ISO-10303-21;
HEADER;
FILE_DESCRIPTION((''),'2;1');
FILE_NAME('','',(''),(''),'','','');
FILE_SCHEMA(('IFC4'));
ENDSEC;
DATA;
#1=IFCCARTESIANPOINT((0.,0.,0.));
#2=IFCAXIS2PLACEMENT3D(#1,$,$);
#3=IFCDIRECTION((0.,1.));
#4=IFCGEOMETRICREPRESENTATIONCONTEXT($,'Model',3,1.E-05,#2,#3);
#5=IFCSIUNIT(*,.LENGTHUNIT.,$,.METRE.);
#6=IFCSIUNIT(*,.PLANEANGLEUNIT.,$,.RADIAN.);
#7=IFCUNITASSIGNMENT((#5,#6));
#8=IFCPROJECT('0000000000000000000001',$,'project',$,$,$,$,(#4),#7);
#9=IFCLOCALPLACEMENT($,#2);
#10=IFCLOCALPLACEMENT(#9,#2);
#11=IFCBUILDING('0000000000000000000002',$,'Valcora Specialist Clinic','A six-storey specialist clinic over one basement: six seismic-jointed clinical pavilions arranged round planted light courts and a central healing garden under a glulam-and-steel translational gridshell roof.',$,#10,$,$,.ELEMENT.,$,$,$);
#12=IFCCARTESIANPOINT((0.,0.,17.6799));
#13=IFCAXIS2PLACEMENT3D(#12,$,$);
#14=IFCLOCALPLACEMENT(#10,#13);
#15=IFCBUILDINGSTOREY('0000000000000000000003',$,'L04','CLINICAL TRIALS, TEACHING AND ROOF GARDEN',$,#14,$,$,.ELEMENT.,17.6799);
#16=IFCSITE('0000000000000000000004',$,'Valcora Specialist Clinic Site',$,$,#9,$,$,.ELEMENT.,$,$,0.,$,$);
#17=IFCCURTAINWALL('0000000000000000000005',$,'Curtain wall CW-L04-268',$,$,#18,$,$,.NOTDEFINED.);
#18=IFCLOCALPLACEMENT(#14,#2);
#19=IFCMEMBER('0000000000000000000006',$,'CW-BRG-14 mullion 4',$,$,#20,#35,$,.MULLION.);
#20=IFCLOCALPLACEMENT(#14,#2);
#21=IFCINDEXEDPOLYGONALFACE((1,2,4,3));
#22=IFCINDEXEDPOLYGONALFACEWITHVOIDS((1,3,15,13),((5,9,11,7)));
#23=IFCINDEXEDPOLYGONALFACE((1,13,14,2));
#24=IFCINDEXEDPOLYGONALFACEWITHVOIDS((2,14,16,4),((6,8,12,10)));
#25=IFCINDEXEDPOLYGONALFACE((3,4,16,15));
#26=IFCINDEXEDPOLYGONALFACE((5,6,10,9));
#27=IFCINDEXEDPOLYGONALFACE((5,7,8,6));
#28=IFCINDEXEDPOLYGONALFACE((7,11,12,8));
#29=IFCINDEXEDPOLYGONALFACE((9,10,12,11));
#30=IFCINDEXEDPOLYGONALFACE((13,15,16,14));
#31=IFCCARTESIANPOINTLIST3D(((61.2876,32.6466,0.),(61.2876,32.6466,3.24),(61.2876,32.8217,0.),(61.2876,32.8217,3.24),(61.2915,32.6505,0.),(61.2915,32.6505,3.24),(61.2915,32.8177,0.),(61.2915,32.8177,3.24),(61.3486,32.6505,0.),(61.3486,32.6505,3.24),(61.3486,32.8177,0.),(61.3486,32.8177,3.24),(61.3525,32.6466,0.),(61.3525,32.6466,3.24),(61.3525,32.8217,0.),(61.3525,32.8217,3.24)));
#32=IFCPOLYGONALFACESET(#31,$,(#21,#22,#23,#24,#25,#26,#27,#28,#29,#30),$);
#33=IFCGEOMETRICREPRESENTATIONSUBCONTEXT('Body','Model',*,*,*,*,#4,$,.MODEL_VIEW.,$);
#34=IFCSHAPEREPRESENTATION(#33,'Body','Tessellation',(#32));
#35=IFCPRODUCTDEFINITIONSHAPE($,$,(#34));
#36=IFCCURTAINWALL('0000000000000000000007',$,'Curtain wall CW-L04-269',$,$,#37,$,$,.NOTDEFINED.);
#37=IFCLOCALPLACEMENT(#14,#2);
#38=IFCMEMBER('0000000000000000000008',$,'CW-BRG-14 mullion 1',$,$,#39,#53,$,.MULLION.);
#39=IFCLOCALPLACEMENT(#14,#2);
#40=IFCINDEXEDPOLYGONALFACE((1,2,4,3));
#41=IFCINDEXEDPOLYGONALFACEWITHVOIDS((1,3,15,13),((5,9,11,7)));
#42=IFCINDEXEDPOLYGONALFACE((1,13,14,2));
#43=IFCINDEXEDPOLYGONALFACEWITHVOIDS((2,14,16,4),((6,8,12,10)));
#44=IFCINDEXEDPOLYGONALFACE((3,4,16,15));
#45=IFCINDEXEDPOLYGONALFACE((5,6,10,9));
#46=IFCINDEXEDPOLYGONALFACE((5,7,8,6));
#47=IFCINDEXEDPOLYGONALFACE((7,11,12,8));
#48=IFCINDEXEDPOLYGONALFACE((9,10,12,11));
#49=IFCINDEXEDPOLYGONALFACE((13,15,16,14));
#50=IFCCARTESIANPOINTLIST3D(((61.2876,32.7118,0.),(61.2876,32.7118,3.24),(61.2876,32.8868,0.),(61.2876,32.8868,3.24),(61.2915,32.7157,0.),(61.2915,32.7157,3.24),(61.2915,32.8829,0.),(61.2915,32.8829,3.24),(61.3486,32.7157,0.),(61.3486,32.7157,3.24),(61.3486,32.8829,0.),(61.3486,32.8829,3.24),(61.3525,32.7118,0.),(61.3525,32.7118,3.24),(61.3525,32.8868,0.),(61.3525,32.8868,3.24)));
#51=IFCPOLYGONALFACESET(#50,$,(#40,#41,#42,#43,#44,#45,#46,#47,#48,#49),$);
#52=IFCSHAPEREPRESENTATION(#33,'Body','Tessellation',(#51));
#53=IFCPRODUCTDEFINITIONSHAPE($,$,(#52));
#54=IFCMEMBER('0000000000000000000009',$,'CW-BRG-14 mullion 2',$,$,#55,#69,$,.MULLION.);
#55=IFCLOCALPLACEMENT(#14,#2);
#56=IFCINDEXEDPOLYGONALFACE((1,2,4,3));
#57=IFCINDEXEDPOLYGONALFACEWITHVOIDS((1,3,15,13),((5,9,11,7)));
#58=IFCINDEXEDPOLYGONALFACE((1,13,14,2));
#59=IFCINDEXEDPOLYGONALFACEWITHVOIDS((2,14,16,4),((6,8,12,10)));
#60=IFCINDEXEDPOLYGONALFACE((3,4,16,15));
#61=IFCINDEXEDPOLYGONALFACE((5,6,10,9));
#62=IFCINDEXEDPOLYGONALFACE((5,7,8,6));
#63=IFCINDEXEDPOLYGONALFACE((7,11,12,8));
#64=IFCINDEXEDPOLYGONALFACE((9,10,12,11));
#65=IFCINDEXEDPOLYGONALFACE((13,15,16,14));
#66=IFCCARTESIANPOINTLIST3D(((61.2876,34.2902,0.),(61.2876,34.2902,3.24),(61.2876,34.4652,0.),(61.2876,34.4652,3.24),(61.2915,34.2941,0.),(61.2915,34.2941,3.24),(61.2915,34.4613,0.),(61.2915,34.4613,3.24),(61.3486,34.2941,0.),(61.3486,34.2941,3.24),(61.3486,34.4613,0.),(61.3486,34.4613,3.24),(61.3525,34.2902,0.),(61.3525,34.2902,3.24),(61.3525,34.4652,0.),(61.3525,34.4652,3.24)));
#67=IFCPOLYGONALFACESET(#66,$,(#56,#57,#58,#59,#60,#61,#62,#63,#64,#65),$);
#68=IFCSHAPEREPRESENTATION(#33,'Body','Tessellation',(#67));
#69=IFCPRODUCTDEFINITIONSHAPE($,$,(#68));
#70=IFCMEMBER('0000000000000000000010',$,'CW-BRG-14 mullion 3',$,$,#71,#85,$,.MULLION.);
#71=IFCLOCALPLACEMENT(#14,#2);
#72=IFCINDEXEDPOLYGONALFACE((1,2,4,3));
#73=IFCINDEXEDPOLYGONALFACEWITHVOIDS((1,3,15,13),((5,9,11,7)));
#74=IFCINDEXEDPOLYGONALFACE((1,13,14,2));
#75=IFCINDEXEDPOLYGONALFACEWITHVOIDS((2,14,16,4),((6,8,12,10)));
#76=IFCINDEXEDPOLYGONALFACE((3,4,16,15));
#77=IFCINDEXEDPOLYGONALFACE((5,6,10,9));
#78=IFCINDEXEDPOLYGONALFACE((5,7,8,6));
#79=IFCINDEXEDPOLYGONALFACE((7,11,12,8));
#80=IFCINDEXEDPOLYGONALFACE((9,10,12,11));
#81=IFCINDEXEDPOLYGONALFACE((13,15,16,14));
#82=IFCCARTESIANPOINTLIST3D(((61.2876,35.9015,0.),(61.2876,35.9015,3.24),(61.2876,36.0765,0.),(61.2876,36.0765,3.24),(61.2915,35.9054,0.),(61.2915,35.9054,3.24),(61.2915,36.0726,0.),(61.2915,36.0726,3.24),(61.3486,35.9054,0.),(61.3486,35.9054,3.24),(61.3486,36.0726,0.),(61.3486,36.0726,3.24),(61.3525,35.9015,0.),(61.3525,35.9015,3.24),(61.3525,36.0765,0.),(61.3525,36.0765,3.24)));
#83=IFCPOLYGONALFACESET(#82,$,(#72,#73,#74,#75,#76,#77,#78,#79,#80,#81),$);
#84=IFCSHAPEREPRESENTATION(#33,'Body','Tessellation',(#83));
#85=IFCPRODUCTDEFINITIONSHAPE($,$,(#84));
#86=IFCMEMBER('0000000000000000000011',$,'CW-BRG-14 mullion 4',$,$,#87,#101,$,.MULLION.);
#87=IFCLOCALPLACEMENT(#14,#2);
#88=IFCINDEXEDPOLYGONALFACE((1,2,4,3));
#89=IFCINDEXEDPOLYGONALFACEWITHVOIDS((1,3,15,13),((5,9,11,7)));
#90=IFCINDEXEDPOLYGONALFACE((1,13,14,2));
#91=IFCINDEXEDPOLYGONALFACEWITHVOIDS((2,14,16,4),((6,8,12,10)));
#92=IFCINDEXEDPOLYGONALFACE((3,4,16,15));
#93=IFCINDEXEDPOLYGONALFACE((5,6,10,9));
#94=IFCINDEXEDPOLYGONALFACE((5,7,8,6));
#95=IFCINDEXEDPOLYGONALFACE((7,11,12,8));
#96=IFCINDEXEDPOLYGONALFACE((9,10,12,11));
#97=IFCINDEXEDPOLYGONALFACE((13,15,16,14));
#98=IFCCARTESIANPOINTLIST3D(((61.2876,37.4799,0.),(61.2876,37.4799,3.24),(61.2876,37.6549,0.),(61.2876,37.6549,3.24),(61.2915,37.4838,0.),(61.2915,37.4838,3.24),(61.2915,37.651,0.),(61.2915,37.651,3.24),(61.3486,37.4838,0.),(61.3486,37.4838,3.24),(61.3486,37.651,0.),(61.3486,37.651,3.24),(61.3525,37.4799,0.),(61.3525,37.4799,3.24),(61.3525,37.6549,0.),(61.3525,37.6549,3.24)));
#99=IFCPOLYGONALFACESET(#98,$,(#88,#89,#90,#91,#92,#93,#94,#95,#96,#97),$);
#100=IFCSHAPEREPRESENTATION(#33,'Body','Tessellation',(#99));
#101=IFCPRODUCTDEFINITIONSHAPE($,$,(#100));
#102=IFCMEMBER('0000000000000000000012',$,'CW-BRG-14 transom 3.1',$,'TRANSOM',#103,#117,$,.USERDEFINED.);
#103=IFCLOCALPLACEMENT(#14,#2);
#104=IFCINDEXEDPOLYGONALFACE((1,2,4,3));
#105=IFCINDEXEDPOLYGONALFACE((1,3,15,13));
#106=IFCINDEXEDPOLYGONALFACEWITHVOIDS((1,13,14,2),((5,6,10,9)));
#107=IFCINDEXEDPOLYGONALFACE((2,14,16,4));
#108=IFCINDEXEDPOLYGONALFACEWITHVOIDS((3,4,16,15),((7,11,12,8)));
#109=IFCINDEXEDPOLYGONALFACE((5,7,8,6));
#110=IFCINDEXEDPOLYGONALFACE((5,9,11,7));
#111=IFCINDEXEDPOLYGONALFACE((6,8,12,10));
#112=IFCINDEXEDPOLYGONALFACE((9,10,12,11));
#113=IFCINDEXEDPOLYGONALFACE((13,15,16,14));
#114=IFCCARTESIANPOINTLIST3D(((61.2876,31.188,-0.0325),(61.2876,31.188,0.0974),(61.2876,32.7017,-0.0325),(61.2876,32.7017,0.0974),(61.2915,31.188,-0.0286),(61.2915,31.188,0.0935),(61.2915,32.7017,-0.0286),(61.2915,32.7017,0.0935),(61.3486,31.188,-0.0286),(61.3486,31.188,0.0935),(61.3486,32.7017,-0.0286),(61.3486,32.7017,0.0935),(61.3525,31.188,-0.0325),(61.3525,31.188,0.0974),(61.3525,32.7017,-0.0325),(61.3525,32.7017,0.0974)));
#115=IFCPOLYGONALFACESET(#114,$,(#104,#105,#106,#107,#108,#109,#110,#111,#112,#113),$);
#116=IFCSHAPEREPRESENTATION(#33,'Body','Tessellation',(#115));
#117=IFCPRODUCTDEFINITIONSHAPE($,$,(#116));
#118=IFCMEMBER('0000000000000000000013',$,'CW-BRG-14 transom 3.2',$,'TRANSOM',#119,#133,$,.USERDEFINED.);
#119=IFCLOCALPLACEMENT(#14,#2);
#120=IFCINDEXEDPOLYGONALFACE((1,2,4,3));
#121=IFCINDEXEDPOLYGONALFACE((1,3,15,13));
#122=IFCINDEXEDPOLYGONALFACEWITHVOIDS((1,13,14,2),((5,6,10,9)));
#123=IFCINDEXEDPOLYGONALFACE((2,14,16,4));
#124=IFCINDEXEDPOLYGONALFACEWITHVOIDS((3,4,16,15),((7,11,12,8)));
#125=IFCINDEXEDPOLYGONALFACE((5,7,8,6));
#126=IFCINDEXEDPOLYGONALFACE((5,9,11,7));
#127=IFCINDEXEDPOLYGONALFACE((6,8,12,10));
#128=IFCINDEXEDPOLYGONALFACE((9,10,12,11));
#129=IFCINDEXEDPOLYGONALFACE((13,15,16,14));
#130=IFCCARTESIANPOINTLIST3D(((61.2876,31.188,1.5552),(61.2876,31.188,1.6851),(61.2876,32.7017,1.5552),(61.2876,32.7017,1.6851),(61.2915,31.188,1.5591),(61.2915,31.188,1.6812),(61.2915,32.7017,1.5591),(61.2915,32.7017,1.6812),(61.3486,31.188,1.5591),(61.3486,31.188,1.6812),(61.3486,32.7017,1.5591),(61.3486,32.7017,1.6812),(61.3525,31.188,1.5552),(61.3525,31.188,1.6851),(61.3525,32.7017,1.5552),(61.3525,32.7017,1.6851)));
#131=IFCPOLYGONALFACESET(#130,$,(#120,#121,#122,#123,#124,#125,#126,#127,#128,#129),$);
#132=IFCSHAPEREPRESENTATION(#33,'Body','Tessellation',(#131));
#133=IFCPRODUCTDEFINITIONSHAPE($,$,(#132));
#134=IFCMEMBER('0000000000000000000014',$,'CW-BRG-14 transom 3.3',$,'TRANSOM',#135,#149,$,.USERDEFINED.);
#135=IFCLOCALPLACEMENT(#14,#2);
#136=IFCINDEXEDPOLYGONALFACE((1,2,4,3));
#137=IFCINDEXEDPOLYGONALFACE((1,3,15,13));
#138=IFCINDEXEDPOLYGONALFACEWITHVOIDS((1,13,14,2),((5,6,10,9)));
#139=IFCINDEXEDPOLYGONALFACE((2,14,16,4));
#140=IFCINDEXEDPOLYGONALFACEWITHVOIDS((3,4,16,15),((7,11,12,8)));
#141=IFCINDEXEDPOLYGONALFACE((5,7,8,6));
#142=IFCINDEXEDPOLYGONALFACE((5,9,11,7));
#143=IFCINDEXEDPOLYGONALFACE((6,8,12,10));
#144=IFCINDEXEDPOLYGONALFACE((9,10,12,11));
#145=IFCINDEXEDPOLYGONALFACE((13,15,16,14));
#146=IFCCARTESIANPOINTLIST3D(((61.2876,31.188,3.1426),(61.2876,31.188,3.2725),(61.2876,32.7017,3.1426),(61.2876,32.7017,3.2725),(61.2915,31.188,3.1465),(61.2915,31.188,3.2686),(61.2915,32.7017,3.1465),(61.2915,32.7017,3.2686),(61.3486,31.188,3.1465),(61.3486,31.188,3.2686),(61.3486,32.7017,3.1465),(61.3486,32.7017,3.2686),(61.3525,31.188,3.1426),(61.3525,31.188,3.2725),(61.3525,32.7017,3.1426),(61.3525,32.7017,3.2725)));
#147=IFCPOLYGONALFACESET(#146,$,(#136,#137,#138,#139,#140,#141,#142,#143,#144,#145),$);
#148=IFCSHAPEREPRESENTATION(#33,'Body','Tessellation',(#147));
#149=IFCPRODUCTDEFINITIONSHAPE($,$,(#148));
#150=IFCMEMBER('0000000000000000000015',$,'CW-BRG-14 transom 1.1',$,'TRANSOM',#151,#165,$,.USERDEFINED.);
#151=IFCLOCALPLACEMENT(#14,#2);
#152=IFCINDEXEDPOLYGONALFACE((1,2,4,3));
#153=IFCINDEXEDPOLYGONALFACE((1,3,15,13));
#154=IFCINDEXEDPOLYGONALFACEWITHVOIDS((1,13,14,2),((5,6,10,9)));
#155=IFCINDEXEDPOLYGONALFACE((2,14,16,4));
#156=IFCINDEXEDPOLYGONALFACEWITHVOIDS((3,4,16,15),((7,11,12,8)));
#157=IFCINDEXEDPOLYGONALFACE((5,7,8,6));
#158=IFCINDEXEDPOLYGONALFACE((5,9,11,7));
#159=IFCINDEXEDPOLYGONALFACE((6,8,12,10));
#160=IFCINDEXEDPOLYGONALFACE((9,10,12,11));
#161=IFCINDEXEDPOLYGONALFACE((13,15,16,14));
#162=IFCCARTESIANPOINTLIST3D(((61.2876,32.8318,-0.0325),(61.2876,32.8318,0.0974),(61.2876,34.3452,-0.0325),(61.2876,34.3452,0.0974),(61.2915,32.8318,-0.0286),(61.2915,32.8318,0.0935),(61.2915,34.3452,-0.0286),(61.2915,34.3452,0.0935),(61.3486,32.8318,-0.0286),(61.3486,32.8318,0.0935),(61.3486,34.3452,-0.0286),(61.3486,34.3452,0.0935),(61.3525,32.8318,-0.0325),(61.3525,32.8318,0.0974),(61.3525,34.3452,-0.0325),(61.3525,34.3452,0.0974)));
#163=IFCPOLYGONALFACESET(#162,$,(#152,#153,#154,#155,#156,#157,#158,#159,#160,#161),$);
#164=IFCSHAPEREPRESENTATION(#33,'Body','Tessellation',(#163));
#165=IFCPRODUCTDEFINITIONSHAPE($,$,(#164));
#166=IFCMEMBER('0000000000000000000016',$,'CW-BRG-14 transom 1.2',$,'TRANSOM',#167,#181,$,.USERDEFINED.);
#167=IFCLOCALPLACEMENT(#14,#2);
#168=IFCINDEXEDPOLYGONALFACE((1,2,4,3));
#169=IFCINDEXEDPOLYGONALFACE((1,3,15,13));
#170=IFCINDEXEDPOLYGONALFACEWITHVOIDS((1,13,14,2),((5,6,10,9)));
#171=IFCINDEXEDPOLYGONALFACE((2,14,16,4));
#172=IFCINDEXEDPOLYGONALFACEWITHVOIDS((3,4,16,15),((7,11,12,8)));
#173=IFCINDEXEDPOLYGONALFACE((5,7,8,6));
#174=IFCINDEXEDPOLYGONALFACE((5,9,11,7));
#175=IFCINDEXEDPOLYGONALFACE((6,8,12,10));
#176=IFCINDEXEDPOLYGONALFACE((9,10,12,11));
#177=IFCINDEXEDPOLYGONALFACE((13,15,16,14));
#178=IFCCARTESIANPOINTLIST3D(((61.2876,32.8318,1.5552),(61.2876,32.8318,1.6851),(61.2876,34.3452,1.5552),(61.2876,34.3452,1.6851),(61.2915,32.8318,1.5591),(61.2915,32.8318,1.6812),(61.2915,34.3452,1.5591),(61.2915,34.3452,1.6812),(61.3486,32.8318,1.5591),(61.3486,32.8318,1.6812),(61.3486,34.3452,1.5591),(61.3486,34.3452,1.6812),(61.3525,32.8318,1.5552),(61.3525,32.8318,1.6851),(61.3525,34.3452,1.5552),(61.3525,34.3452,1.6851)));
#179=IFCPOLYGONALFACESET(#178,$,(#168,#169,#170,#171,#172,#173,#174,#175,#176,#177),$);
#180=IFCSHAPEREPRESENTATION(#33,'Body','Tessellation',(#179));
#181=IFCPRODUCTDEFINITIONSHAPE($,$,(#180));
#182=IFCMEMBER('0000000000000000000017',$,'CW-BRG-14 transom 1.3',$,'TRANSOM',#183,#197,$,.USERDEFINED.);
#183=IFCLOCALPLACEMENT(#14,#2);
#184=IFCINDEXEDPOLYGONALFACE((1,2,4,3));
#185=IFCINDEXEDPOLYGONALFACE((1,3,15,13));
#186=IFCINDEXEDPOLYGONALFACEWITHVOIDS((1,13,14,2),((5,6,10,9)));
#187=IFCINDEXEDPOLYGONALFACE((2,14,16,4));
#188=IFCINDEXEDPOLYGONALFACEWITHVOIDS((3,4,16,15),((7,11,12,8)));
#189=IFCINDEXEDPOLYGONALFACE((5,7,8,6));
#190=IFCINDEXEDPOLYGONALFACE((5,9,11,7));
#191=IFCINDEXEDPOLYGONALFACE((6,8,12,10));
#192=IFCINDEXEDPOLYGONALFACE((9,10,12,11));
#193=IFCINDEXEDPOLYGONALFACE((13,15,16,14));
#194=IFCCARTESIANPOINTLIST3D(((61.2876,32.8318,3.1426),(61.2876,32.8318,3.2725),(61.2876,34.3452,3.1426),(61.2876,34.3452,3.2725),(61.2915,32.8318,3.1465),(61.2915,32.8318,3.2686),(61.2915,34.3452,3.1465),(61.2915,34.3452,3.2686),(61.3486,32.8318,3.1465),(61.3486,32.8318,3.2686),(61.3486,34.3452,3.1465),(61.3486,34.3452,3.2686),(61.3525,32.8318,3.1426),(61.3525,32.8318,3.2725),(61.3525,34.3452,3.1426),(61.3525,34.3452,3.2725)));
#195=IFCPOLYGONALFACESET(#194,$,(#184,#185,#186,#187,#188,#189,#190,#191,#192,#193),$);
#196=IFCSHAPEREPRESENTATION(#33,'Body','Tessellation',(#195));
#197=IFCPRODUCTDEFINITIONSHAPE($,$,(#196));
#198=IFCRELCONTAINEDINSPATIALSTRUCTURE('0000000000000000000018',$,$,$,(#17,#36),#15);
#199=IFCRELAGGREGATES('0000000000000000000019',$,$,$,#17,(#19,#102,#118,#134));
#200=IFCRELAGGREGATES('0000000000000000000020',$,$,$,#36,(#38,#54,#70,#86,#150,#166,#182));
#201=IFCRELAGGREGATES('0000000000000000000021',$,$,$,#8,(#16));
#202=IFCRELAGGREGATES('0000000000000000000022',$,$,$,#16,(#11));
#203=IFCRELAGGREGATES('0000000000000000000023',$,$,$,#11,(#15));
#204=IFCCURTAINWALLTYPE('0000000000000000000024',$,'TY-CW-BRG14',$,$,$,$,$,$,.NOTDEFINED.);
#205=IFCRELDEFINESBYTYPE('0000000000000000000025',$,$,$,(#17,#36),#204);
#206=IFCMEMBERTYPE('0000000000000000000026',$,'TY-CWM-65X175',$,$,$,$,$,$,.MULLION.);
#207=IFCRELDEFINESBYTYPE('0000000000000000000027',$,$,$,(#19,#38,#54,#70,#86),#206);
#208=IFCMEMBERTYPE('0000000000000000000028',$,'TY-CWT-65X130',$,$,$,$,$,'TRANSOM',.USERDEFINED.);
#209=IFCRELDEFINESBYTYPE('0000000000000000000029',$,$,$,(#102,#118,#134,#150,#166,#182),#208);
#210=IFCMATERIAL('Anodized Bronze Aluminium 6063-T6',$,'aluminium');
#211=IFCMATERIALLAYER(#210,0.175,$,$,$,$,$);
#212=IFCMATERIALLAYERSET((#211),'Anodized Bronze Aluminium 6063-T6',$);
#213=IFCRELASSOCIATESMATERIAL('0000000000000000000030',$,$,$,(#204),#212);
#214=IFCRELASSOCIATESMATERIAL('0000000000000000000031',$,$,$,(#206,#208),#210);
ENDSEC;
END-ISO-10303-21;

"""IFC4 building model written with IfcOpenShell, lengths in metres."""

from ifc_helpers import new_model, si_unit, direction, frame, origin, origin_2d, place, context, subcontext, project, spatial, hollow_rectangle, extrude, material, layer, layer_set, material_profile, profile_set, type_object, element, aggregate, save


model = new_model("IFC4")

# Units and contexts
model_context = context("Model", 3, precision=1e-05, world=origin(), true_north=direction((0.0, 1.0)))
body_context = subcontext(model_context, "Body", "Model", "MODEL_VIEW")
ifc_project = project(units=[si_unit("LENGTHUNIT", "METRE"), si_unit("PLANEANGLEUNIT", "RADIAN")], contexts=[model_context])

# Site, building, storey
site_placement = place(None, origin())
site = spatial("IfcSite", under=ifc_project, at=site_placement, Name="Valcora Specialist Clinic Site", CompositionType="ELEMENT", RefElevation=0.0)
building_placement = place(site_placement, origin())
building = spatial("IfcBuilding", under=site, at=building_placement, Name="Valcora Specialist Clinic", Description="A six-storey specialist clinic over one basement: six seismic-jointed clinical pavilions arranged round planted light courts and a central healing garden under a glulam-and-steel translational gridshell roof.", CompositionType="ELEMENT")
storey_placement = place(building_placement, frame((0.0, 0.0, 17.6799)))
storey = spatial("IfcBuildingStorey", under=building, at=storey_placement, Name="L04", Description="CLINICAL TRIALS, TEACHING AND ROOF GARDEN", CompositionType="ELEMENT", Elevation=17.6799)

# Curtain wall, member
ifc_material_1 = material(Name="Anodized Bronze Aluminium 6063-T6", Category="aluminium")
ifc_layer_1 = layer(ifc_material_1, 0.175)
ifc_layer_set_1 = layer_set([ifc_layer_1], Name="Anodized Bronze Aluminium 6063-T6")
curtain_wall_type = type_object("IfcCurtainWallType", Name="TY-CW-BRG14", PredefinedType="NOTDEFINED", material=ifc_layer_set_1)
curtain_wall_1_placement = place(storey_placement, origin())
curtain_wall_1 = element("IfcCurtainWall", 1, at=curtain_wall_1_placement, inside=storey, type_object=curtain_wall_type, Name="Curtain wall CW-L04-268", PredefinedType="NOTDEFINED")
ifc_material_profile_1 = material_profile(ifc_material_1, hollow_rectangle(XDim=0.0649, YDim=0.175, WallThickness=0.0039, at=origin_2d()), Name="AL-MUL-65X175")
ifc_profile_set_1 = profile_set([ifc_material_profile_1], Name="Anodized Bronze Aluminium 6063-T6")
member_type_1 = type_object("IfcMemberType", Name="TY-CWM-65X175", PredefinedType="MULLION", material=ifc_profile_set_1)
member_1_placement = place(storey_placement, frame((61.3201, 32.7341, 0.0), z_axis=(0.0, 0.0, 1.0), x_axis=(-1.0, 0.0, 0.0)))
member_1 = element("IfcMember", 2, at=member_1_placement, type_object=member_type_1, Name="CW-BRG-14 mullion 4", PredefinedType="MULLION", context=body_context, shape_type="SweptSolid", body=[
    extrude(hollow_rectangle(XDim=0.0649, YDim=0.175, WallThickness=0.0039, at=origin_2d()), origin(), (0.0, 0.0, 1.0), 3.24),
])

# Curtain wall, members
curtain_wall_2_placement = place(storey_placement, origin())
curtain_wall_2 = element("IfcCurtainWall", 3, at=curtain_wall_2_placement, inside=storey, type_object=curtain_wall_type, Name="Curtain wall CW-L04-269", PredefinedType="NOTDEFINED")
member_2_placement = place(storey_placement, frame((61.3201, 32.7993, 0.0), z_axis=(0.0, 0.0, 1.0), x_axis=(-1.0, 0.0, 0.0)))
member_2 = element("IfcMember", 4, at=member_2_placement, type_object=member_type_1, Name="CW-BRG-14 mullion 1", PredefinedType="MULLION", context=body_context, shape_type="SweptSolid", body=[
    extrude(hollow_rectangle(XDim=0.0649, YDim=0.175, WallThickness=0.0039, at=origin_2d()), origin(), (0.0, 0.0, 1.0), 3.24),
])
member_3_placement = place(storey_placement, frame((61.3201, 34.3777, 0.0), z_axis=(0.0, 0.0, 1.0), x_axis=(-1.0, 0.0, 0.0)))
member_3 = element("IfcMember", 5, at=member_3_placement, type_object=member_type_1, Name="CW-BRG-14 mullion 2", PredefinedType="MULLION", context=body_context, shape_type="SweptSolid", body=[
    extrude(hollow_rectangle(XDim=0.0649, YDim=0.175, WallThickness=0.0039, at=origin_2d()), origin(), (0.0, 0.0, 1.0), 3.24),
])
member_4_placement = place(storey_placement, frame((61.3201, 35.989, 0.0), z_axis=(0.0, 0.0, 1.0), x_axis=(-1.0, 0.0, 0.0)))
member_4 = element("IfcMember", 6, at=member_4_placement, type_object=member_type_1, Name="CW-BRG-14 mullion 3", PredefinedType="MULLION", context=body_context, shape_type="SweptSolid", body=[
    extrude(hollow_rectangle(XDim=0.0649, YDim=0.175, WallThickness=0.0039, at=origin_2d()), origin(), (0.0, 0.0, 1.0), 3.24),
])
member_5_placement = place(storey_placement, frame((61.3201, 37.5674, 0.0), z_axis=(0.0, 0.0, 1.0), x_axis=(-1.0, 0.0, 0.0)))
member_5 = element("IfcMember", 7, at=member_5_placement, type_object=member_type_1, Name="CW-BRG-14 mullion 4", PredefinedType="MULLION", context=body_context, shape_type="SweptSolid", body=[
    extrude(hollow_rectangle(XDim=0.0649, YDim=0.175, WallThickness=0.0039, at=origin_2d()), origin(), (0.0, 0.0, 1.0), 3.24),
])

# Members
ifc_material_profile_2 = material_profile(ifc_material_1, hollow_rectangle(XDim=0.0649, YDim=0.1299, WallThickness=0.0039, at=origin_2d()), Name="AL-TRN-65X130")
ifc_profile_set_2 = profile_set([ifc_material_profile_2], Name="Anodized Bronze Aluminium 6063-T6")
member_type_2 = type_object("IfcMemberType", Name="TY-CWT-65X130", ElementType="TRANSOM", PredefinedType="USERDEFINED", material=ifc_profile_set_2)
member_6_placement = place(storey_placement, frame((61.3201, 31.188, 0.0325), z_axis=(0.0, 1.0, 0.0), x_axis=(-1.0, 0.0, 0.0)))
member_6 = element("IfcMember", 8, at=member_6_placement, type_object=member_type_2, Name="CW-BRG-14 transom 3.1", ObjectType="TRANSOM", PredefinedType="USERDEFINED", context=body_context, shape_type="SweptSolid", body=[
    extrude(hollow_rectangle(XDim=0.0649, YDim=0.1299, WallThickness=0.0039, at=origin_2d()), origin(), (0.0, 0.0, 1.0), 1.5137),
])
member_7_placement = place(storey_placement, frame((61.3201, 31.188, 1.6201), z_axis=(0.0, 1.0, 0.0), x_axis=(-1.0, 0.0, 0.0)))
member_7 = element("IfcMember", 9, at=member_7_placement, type_object=member_type_2, Name="CW-BRG-14 transom 3.2", ObjectType="TRANSOM", PredefinedType="USERDEFINED", context=body_context, shape_type="SweptSolid", body=[
    extrude(hollow_rectangle(XDim=0.0649, YDim=0.1299, WallThickness=0.0039, at=origin_2d()), origin(), (0.0, 0.0, 1.0), 1.5137),
])
member_8_placement = place(storey_placement, frame((61.3201, 31.188, 3.2075), z_axis=(0.0, 1.0, 0.0), x_axis=(-1.0, 0.0, 0.0)))
member_8 = element("IfcMember", 10, at=member_8_placement, type_object=member_type_2, Name="CW-BRG-14 transom 3.3", ObjectType="TRANSOM", PredefinedType="USERDEFINED", context=body_context, shape_type="SweptSolid", body=[
    extrude(hollow_rectangle(XDim=0.0649, YDim=0.1299, WallThickness=0.0039, at=origin_2d()), origin(), (0.0, 0.0, 1.0), 1.5137),
])
member_9_placement = place(storey_placement, frame((61.3201, 32.8318, 0.0325), z_axis=(0.0, 1.0, 0.0), x_axis=(-1.0, 0.0, 0.0)))
member_9 = element("IfcMember", 11, at=member_9_placement, type_object=member_type_2, Name="CW-BRG-14 transom 1.1", ObjectType="TRANSOM", PredefinedType="USERDEFINED", context=body_context, shape_type="SweptSolid", body=[
    extrude(hollow_rectangle(XDim=0.0649, YDim=0.1299, WallThickness=0.0039, at=origin_2d()), origin(), (0.0, 0.0, 1.0), 1.5134),
])
member_10_placement = place(storey_placement, frame((61.3201, 32.8318, 1.6201), z_axis=(0.0, 1.0, 0.0), x_axis=(-1.0, 0.0, 0.0)))
member_10 = element("IfcMember", 12, at=member_10_placement, type_object=member_type_2, Name="CW-BRG-14 transom 1.2", ObjectType="TRANSOM", PredefinedType="USERDEFINED", context=body_context, shape_type="SweptSolid", body=[
    extrude(hollow_rectangle(XDim=0.0649, YDim=0.1299, WallThickness=0.0039, at=origin_2d()), origin(), (0.0, 0.0, 1.0), 1.5134),
])
member_11_placement = place(storey_placement, frame((61.3201, 32.8318, 3.2075), z_axis=(0.0, 1.0, 0.0), x_axis=(-1.0, 0.0, 0.0)))
member_11 = element("IfcMember", 13, at=member_11_placement, type_object=member_type_2, Name="CW-BRG-14 transom 1.3", ObjectType="TRANSOM", PredefinedType="USERDEFINED", context=body_context, shape_type="SweptSolid", body=[
    extrude(hollow_rectangle(XDim=0.0649, YDim=0.1299, WallThickness=0.0039, at=origin_2d()), origin(), (0.0, 0.0, 1.0), 1.5134),
])

aggregate(curtain_wall_1, [member_1, member_6, member_7, member_8])
aggregate(curtain_wall_2, [member_2, member_3, member_4, member_5, member_9, member_10, member_11])

save(model, "model.ifc")
